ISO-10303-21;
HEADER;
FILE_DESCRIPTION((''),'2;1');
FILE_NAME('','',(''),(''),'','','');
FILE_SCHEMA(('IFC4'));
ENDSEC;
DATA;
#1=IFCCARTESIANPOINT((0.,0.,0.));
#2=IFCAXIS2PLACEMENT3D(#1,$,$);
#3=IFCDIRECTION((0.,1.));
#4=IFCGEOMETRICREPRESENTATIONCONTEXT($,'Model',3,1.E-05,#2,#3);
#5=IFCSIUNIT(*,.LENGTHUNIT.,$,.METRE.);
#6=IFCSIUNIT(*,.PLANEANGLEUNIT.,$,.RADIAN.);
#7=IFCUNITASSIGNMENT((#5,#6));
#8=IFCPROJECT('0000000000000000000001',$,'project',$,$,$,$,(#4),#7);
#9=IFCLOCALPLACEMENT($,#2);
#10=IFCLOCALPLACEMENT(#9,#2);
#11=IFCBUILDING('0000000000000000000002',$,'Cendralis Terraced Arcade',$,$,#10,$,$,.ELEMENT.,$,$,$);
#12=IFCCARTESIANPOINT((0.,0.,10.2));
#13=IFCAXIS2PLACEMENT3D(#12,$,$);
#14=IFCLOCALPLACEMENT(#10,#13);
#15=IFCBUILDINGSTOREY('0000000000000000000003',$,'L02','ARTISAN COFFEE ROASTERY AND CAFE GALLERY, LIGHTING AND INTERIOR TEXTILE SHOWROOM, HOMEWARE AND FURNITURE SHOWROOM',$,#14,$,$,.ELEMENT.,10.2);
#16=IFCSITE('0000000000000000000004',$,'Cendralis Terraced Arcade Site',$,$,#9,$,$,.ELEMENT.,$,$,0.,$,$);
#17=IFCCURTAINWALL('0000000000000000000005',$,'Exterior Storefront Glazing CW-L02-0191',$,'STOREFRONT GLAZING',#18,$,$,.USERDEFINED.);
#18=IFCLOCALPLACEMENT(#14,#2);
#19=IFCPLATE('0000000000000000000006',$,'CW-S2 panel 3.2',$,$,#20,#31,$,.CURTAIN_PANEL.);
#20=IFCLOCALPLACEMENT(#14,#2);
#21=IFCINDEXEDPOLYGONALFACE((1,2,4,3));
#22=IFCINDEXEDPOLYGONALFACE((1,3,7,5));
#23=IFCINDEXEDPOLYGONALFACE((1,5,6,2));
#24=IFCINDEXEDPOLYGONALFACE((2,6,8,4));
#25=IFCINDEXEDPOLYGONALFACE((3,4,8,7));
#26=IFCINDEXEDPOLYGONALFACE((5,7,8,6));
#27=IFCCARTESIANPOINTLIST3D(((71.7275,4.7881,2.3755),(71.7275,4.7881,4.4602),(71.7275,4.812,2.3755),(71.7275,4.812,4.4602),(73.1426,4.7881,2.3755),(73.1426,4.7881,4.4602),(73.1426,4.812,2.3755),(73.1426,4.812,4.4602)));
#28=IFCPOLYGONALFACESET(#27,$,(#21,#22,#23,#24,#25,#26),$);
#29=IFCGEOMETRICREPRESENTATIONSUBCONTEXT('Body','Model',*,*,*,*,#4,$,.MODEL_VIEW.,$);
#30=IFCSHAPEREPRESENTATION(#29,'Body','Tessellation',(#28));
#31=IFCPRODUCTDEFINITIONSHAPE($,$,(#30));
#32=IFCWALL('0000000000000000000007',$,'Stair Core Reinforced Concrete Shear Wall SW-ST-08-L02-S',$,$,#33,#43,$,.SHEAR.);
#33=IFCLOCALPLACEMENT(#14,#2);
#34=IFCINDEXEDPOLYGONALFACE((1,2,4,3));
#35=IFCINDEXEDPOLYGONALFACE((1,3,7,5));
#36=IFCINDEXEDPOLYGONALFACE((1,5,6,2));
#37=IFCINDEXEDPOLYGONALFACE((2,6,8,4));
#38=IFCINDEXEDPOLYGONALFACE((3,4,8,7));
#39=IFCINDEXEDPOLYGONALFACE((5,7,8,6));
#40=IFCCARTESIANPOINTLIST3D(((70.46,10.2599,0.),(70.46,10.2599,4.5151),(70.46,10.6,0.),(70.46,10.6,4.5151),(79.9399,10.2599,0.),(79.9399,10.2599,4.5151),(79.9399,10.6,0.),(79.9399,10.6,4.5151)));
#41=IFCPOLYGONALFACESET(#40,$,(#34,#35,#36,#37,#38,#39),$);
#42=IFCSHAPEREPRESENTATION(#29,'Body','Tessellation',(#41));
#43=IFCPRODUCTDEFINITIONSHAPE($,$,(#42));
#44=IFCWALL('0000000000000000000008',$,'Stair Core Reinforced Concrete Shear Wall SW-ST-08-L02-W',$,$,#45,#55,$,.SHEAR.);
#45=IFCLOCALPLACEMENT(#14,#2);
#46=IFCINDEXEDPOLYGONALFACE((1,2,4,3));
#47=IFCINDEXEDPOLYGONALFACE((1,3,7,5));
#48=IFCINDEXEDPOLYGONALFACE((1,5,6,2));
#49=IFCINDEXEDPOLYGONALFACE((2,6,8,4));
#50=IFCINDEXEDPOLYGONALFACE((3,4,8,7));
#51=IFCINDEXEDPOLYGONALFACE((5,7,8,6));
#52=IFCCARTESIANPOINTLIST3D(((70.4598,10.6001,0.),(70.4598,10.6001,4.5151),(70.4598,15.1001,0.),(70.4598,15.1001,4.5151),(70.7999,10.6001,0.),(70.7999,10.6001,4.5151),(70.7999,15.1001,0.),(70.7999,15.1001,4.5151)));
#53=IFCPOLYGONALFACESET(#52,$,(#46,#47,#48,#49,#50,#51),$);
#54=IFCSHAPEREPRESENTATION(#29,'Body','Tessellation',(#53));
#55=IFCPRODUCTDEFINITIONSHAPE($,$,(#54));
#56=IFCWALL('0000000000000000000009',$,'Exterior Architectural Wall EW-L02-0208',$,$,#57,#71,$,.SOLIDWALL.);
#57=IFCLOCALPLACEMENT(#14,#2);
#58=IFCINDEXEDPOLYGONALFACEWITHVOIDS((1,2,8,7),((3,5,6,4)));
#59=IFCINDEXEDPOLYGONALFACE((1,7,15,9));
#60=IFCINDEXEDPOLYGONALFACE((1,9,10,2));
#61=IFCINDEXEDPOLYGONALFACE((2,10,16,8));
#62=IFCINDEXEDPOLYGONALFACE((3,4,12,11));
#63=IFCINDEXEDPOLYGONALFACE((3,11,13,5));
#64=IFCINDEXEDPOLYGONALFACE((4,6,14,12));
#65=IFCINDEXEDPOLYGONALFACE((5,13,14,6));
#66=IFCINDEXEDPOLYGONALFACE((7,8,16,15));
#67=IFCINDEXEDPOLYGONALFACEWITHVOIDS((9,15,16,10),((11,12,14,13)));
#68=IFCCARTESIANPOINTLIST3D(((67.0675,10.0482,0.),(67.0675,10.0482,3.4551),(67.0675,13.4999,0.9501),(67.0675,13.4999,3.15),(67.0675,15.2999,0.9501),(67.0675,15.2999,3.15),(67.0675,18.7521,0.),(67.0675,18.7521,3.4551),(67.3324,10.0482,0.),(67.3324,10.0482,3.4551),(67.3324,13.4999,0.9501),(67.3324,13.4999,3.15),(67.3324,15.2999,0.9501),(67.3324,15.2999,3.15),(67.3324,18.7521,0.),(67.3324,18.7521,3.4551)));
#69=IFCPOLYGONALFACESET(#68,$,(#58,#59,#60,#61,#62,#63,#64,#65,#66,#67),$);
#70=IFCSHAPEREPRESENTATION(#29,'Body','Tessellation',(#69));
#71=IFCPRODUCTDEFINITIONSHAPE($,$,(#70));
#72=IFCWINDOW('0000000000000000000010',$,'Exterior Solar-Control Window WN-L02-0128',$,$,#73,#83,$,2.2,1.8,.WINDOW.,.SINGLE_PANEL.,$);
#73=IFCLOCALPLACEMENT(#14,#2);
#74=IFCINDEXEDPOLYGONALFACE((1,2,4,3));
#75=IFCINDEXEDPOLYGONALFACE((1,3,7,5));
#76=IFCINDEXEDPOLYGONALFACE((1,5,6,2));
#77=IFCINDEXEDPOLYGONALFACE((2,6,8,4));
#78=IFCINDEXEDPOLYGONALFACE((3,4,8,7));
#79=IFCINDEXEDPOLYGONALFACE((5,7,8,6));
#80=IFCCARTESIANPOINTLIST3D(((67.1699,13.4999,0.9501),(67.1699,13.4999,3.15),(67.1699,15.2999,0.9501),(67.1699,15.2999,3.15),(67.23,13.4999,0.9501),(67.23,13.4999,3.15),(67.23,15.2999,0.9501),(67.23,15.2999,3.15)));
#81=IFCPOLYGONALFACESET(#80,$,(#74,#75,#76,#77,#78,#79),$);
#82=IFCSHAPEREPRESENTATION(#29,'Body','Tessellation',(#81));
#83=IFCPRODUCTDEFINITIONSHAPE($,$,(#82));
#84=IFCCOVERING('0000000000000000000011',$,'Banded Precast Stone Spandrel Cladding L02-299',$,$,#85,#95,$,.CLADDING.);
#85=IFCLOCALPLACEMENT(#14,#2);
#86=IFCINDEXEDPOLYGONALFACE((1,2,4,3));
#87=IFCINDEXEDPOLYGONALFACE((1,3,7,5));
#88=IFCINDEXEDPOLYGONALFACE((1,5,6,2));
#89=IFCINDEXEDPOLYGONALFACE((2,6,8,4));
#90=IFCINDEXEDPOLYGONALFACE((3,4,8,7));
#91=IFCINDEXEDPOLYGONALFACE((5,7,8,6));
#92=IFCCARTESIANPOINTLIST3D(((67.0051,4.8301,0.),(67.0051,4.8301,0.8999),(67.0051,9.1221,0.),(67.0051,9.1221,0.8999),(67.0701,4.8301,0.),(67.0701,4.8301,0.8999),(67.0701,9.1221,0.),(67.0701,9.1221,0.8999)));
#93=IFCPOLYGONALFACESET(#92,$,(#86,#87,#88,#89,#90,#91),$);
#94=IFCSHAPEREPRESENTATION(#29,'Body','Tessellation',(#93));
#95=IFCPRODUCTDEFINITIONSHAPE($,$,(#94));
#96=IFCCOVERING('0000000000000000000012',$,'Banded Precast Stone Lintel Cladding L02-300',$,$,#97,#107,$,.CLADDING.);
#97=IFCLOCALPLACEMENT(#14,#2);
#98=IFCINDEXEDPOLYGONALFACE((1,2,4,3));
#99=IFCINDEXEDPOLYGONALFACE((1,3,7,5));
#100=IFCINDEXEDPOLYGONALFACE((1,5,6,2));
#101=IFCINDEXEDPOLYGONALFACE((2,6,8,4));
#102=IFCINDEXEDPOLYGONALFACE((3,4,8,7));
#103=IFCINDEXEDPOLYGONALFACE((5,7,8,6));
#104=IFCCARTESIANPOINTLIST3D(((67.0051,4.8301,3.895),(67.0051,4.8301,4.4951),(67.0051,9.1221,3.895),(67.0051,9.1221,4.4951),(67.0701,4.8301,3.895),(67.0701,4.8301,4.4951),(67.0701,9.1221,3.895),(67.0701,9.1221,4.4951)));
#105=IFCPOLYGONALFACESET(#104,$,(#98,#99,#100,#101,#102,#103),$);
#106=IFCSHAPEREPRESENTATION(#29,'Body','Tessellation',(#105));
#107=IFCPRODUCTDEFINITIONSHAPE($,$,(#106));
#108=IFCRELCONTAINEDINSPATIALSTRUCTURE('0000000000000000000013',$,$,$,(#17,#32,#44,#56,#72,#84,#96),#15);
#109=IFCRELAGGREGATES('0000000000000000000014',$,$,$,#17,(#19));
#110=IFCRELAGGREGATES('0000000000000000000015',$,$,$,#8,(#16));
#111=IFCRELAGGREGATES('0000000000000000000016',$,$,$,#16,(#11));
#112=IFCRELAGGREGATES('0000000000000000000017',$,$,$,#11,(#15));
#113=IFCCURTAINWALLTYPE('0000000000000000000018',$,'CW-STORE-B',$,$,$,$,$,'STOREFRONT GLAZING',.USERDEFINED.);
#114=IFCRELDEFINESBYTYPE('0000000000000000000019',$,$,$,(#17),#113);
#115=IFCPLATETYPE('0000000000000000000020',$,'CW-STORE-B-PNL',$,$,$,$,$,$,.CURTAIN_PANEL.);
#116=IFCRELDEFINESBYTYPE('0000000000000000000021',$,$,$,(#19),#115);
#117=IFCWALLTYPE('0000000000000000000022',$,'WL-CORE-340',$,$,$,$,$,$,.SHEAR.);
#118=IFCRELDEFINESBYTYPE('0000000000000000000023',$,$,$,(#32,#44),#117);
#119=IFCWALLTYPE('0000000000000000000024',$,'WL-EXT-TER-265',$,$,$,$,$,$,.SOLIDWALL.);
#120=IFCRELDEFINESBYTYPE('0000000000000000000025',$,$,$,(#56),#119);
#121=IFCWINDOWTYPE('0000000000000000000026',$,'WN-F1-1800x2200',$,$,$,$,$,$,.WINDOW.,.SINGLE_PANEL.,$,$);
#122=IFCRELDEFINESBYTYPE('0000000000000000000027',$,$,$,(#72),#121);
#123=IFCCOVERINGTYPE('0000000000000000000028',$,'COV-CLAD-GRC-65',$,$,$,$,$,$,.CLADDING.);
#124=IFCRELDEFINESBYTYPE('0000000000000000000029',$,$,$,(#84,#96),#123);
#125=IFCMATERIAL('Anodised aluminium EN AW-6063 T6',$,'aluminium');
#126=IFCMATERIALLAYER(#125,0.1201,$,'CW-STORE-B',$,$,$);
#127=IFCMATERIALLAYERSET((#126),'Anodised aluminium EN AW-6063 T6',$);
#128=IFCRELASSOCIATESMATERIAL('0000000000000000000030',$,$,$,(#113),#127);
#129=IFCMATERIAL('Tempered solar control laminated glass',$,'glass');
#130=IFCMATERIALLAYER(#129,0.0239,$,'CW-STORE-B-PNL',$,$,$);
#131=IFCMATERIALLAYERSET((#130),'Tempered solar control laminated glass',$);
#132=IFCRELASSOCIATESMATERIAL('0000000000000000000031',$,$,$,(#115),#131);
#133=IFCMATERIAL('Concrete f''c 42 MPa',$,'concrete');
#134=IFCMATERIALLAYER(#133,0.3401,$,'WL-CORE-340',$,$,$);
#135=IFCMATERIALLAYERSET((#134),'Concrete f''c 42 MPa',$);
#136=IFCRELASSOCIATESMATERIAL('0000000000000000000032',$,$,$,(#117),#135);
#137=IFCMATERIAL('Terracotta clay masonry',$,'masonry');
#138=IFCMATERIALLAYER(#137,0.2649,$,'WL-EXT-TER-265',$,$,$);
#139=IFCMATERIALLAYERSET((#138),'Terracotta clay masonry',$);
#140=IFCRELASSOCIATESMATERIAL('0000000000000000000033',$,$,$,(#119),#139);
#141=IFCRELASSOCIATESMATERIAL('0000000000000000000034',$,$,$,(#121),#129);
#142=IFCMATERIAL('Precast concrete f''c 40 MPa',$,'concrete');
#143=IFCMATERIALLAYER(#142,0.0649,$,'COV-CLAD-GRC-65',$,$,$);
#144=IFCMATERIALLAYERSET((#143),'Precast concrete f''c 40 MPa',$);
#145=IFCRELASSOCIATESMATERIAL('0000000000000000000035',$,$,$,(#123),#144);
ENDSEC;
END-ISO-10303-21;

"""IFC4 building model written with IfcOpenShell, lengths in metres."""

from ifc_helpers import new_model, si_unit, direction, frame, frame_2d, origin, origin_2d, place, context, subcontext, project, spatial, rectangle, extrude, material, layer, layer_set, type_object, element, fill, aggregate, save


model = new_model("IFC4")

# Units and contexts
model_context = context("Model", 3, precision=1e-05, world=origin(), true_north=direction((0.0, 1.0)))
body_context = subcontext(model_context, "Body", "Model", "MODEL_VIEW")
ifc_project = project(units=[si_unit("LENGTHUNIT", "METRE"), si_unit("PLANEANGLEUNIT", "RADIAN")], contexts=[model_context])

# Site, building, storey
site_placement = place(None, origin())
site = spatial("IfcSite", under=ifc_project, at=site_placement, Name="Cendralis Terraced Arcade Site", CompositionType="ELEMENT", RefElevation=0.0)
building_placement = place(site_placement, origin())
building = spatial("IfcBuilding", under=site, at=building_placement, Name="Cendralis Terraced Arcade", CompositionType="ELEMENT")
storey_placement = place(building_placement, frame((0.0, 0.0, 10.2)))
storey = spatial("IfcBuildingStorey", under=building, at=storey_placement, Name="L02", Description="ARTISAN COFFEE ROASTERY AND CAFE GALLERY, LIGHTING AND INTERIOR TEXTILE SHOWROOM, HOMEWARE AND FURNITURE SHOWROOM", CompositionType="ELEMENT", Elevation=10.2)

# Shared definitions
ifc_material_1 = material(Name="Concrete f'c 42 MPa", Category="concrete")

# Curtain wall, plate
ifc_material_2 = material(Name="Anodised aluminium EN AW-6063 T6", Category="aluminium")
ifc_layer_1 = layer(ifc_material_2, 0.1201, Name="CW-STORE-B")
ifc_layer_set_1 = layer_set([ifc_layer_1], Name="Anodised aluminium EN AW-6063 T6")
curtain_wall_type = type_object("IfcCurtainWallType", Name="CW-STORE-B", ElementType="STOREFRONT GLAZING", PredefinedType="USERDEFINED", material=ifc_layer_set_1)
curtain_wall_placement = place(storey_placement, origin())
curtain_wall = element("IfcCurtainWall", 1, at=curtain_wall_placement, inside=storey, type_object=curtain_wall_type, Name="Exterior Storefront Glazing CW-L02-0191", ObjectType="STOREFRONT GLAZING", PredefinedType="USERDEFINED")
ifc_material_3 = material(Name="Tempered solar control laminated glass", Category="glass")
ifc_layer_2 = layer(ifc_material_3, 0.0239, Name="CW-STORE-B-PNL")
ifc_layer_set_2 = layer_set([ifc_layer_2], Name="Tempered solar control laminated glass")
plate_type = type_object("IfcPlateType", Name="CW-STORE-B-PNL", PredefinedType="CURTAIN_PANEL", material=ifc_layer_set_2)
plate_1_placement = place(storey_placement, frame((72.4351, 4.8, 2.3755), z_axis=(0.0, 0.0, 1.0), x_axis=(-1.0, 0.0, 0.0)))
plate_1 = element("IfcPlate", 2, at=plate_1_placement, type_object=plate_type, Name="CW-S2 panel 3.2", PredefinedType="CURTAIN_PANEL", context=body_context, shape_type="SweptSolid", body=[
    extrude(rectangle(XDim=1.415, YDim=0.0239, at=origin_2d()), origin(), (0.0, 0.0, 1.0), 2.0847),
])
aggregate(curtain_wall, [plate_1])

# Walls
ifc_layer_3 = layer(ifc_material_1, 0.3401, Name="WL-CORE-340")
ifc_layer_set_3 = layer_set([ifc_layer_3], Name="Concrete f'c 42 MPa")
wall_type_1 = type_object("IfcWallType", Name="WL-CORE-340", PredefinedType="SHEAR", material=ifc_layer_set_3)
wall_1_placement = place(storey_placement, frame((70.46, 10.4299, 0.0), z_axis=(0.0, 0.0, 1.0), x_axis=(1.0, 0.0, 0.0)))
element("IfcWall", 3, at=wall_1_placement, inside=storey, type_object=wall_type_1, Name="Stair Core Reinforced Concrete Shear Wall SW-ST-08-L02-S", PredefinedType="SHEAR", context=body_context, shape_type="SweptSolid", body=[
    extrude(rectangle(XDim=9.48, YDim=0.3401, at=frame_2d((4.74, 0.0))), origin(), (0.0, 0.0, 1.0), 4.5151),
])
wall_2_placement = place(storey_placement, frame((70.6299, 10.6001, 0.0), z_axis=(0.0, 0.0, 1.0), x_axis=(0.0, 1.0, 0.0)))
element("IfcWall", 4, at=wall_2_placement, inside=storey, type_object=wall_type_1, Name="Stair Core Reinforced Concrete Shear Wall SW-ST-08-L02-W", PredefinedType="SHEAR", context=body_context, shape_type="SweptSolid", body=[
    extrude(rectangle(XDim=4.5, YDim=0.3401, at=frame_2d((2.25, 0.0))), origin(), (0.0, 0.0, 1.0), 4.5151),
])

# Wall, opening, window
ifc_material_4 = material(Name="Terracotta clay masonry", Category="masonry")
ifc_layer_4 = layer(ifc_material_4, 0.2649, Name="WL-EXT-TER-265")
ifc_layer_set_4 = layer_set([ifc_layer_4], Name="Terracotta clay masonry")
wall_type_2 = type_object("IfcWallType", Name="WL-EXT-TER-265", PredefinedType="SOLIDWALL", material=ifc_layer_set_4)
wall_3_placement = place(storey_placement, frame((67.2, 10.0481, 0.0), z_axis=(0.0, 0.0, 1.0), x_axis=(0.0, 1.0, 0.0)))
wall_3 = element("IfcWall", 5, at=wall_3_placement, inside=storey, type_object=wall_type_2, Name="Exterior Architectural Wall EW-L02-0208", PredefinedType="SOLIDWALL", context=body_context, shape_type="SweptSolid", body=[
    extrude(rectangle(XDim=8.7039, YDim=0.2649, at=frame_2d((4.3521, 0.0))), origin(), (0.0, 0.0, 1.0), 3.4551),
])
opening_placement = place(wall_3_placement, frame((3.4519, 0.0, 0.95)))
opening = element("IfcOpeningElement", 6, at=opening_placement, cuts=wall_3, PredefinedType="OPENING", context=body_context, shape_type="SweptSolid", body=[
    extrude(rectangle(XDim=1.8, YDim=2.2, at=frame_2d((0.8999, 1.1001))), frame((0.0, 0.1445, 0.0), z_axis=(0.0, -1.0, 0.0), x_axis=(1.0, 0.0, 0.0)), (0.0, 0.0, 1.0), 0.2888),
])
window_type = type_object("IfcWindowType", Name="WN-F1-1800x2200", PartitioningType="SINGLE_PANEL", PredefinedType="WINDOW", material=ifc_material_3)
window_placement = place(opening_placement, origin())
window = element("IfcWindow", 7, at=window_placement, inside=storey, type_object=window_type, Name="Exterior Solar-Control Window WN-L02-0128", OverallHeight=2.2, OverallWidth=1.8, PartitioningType="SINGLE_PANEL", PredefinedType="WINDOW", context=body_context, shape_type="SweptSolid", body=[
    extrude(rectangle(XDim=1.8, YDim=2.2, at=frame_2d((0.8999, 1.1001))), frame((0.0, 0.03, 0.0), z_axis=(0.0, -1.0, 0.0), x_axis=(1.0, 0.0, 0.0)), (0.0, 0.0, 1.0), 0.0601),
])
fill(opening, window)

# Coverings
ifc_material_5 = material(Name="Precast concrete f'c 40 MPa", Category="concrete")
ifc_layer_5 = layer(ifc_material_5, 0.0649, Name="COV-CLAD-GRC-65")
ifc_layer_set_5 = layer_set([ifc_layer_5], Name="Precast concrete f'c 40 MPa")
covering_type = type_object("IfcCoveringType", Name="COV-CLAD-GRC-65", PredefinedType="CLADDING", material=ifc_layer_set_5)
covering_1_placement = place(storey_placement, frame((67.0376, 6.9761, 0.0), z_axis=(0.0, 0.0, 1.0), x_axis=(0.0, 1.0, 0.0)))
element("IfcCovering", 8, at=covering_1_placement, inside=storey, type_object=covering_type, Name="Banded Precast Stone Spandrel Cladding L02-299", PredefinedType="CLADDING", context=body_context, shape_type="SweptSolid", body=[
    extrude(rectangle(XDim=4.292, YDim=0.0649, at=origin_2d()), origin(), (0.0, 0.0, 1.0), 0.8999),
])
covering_2_placement = place(storey_placement, frame((67.0376, 6.9761, 3.895), z_axis=(0.0, 0.0, 1.0), x_axis=(0.0, 1.0, 0.0)))
element("IfcCovering", 9, at=covering_2_placement, inside=storey, type_object=covering_type, Name="Banded Precast Stone Lintel Cladding L02-300", PredefinedType="CLADDING", context=body_context, shape_type="SweptSolid", body=[
    extrude(rectangle(XDim=4.292, YDim=0.0649, at=origin_2d()), origin(), (0.0, 0.0, 1.0), 0.6001),
])

save(model, "model.ifc")
